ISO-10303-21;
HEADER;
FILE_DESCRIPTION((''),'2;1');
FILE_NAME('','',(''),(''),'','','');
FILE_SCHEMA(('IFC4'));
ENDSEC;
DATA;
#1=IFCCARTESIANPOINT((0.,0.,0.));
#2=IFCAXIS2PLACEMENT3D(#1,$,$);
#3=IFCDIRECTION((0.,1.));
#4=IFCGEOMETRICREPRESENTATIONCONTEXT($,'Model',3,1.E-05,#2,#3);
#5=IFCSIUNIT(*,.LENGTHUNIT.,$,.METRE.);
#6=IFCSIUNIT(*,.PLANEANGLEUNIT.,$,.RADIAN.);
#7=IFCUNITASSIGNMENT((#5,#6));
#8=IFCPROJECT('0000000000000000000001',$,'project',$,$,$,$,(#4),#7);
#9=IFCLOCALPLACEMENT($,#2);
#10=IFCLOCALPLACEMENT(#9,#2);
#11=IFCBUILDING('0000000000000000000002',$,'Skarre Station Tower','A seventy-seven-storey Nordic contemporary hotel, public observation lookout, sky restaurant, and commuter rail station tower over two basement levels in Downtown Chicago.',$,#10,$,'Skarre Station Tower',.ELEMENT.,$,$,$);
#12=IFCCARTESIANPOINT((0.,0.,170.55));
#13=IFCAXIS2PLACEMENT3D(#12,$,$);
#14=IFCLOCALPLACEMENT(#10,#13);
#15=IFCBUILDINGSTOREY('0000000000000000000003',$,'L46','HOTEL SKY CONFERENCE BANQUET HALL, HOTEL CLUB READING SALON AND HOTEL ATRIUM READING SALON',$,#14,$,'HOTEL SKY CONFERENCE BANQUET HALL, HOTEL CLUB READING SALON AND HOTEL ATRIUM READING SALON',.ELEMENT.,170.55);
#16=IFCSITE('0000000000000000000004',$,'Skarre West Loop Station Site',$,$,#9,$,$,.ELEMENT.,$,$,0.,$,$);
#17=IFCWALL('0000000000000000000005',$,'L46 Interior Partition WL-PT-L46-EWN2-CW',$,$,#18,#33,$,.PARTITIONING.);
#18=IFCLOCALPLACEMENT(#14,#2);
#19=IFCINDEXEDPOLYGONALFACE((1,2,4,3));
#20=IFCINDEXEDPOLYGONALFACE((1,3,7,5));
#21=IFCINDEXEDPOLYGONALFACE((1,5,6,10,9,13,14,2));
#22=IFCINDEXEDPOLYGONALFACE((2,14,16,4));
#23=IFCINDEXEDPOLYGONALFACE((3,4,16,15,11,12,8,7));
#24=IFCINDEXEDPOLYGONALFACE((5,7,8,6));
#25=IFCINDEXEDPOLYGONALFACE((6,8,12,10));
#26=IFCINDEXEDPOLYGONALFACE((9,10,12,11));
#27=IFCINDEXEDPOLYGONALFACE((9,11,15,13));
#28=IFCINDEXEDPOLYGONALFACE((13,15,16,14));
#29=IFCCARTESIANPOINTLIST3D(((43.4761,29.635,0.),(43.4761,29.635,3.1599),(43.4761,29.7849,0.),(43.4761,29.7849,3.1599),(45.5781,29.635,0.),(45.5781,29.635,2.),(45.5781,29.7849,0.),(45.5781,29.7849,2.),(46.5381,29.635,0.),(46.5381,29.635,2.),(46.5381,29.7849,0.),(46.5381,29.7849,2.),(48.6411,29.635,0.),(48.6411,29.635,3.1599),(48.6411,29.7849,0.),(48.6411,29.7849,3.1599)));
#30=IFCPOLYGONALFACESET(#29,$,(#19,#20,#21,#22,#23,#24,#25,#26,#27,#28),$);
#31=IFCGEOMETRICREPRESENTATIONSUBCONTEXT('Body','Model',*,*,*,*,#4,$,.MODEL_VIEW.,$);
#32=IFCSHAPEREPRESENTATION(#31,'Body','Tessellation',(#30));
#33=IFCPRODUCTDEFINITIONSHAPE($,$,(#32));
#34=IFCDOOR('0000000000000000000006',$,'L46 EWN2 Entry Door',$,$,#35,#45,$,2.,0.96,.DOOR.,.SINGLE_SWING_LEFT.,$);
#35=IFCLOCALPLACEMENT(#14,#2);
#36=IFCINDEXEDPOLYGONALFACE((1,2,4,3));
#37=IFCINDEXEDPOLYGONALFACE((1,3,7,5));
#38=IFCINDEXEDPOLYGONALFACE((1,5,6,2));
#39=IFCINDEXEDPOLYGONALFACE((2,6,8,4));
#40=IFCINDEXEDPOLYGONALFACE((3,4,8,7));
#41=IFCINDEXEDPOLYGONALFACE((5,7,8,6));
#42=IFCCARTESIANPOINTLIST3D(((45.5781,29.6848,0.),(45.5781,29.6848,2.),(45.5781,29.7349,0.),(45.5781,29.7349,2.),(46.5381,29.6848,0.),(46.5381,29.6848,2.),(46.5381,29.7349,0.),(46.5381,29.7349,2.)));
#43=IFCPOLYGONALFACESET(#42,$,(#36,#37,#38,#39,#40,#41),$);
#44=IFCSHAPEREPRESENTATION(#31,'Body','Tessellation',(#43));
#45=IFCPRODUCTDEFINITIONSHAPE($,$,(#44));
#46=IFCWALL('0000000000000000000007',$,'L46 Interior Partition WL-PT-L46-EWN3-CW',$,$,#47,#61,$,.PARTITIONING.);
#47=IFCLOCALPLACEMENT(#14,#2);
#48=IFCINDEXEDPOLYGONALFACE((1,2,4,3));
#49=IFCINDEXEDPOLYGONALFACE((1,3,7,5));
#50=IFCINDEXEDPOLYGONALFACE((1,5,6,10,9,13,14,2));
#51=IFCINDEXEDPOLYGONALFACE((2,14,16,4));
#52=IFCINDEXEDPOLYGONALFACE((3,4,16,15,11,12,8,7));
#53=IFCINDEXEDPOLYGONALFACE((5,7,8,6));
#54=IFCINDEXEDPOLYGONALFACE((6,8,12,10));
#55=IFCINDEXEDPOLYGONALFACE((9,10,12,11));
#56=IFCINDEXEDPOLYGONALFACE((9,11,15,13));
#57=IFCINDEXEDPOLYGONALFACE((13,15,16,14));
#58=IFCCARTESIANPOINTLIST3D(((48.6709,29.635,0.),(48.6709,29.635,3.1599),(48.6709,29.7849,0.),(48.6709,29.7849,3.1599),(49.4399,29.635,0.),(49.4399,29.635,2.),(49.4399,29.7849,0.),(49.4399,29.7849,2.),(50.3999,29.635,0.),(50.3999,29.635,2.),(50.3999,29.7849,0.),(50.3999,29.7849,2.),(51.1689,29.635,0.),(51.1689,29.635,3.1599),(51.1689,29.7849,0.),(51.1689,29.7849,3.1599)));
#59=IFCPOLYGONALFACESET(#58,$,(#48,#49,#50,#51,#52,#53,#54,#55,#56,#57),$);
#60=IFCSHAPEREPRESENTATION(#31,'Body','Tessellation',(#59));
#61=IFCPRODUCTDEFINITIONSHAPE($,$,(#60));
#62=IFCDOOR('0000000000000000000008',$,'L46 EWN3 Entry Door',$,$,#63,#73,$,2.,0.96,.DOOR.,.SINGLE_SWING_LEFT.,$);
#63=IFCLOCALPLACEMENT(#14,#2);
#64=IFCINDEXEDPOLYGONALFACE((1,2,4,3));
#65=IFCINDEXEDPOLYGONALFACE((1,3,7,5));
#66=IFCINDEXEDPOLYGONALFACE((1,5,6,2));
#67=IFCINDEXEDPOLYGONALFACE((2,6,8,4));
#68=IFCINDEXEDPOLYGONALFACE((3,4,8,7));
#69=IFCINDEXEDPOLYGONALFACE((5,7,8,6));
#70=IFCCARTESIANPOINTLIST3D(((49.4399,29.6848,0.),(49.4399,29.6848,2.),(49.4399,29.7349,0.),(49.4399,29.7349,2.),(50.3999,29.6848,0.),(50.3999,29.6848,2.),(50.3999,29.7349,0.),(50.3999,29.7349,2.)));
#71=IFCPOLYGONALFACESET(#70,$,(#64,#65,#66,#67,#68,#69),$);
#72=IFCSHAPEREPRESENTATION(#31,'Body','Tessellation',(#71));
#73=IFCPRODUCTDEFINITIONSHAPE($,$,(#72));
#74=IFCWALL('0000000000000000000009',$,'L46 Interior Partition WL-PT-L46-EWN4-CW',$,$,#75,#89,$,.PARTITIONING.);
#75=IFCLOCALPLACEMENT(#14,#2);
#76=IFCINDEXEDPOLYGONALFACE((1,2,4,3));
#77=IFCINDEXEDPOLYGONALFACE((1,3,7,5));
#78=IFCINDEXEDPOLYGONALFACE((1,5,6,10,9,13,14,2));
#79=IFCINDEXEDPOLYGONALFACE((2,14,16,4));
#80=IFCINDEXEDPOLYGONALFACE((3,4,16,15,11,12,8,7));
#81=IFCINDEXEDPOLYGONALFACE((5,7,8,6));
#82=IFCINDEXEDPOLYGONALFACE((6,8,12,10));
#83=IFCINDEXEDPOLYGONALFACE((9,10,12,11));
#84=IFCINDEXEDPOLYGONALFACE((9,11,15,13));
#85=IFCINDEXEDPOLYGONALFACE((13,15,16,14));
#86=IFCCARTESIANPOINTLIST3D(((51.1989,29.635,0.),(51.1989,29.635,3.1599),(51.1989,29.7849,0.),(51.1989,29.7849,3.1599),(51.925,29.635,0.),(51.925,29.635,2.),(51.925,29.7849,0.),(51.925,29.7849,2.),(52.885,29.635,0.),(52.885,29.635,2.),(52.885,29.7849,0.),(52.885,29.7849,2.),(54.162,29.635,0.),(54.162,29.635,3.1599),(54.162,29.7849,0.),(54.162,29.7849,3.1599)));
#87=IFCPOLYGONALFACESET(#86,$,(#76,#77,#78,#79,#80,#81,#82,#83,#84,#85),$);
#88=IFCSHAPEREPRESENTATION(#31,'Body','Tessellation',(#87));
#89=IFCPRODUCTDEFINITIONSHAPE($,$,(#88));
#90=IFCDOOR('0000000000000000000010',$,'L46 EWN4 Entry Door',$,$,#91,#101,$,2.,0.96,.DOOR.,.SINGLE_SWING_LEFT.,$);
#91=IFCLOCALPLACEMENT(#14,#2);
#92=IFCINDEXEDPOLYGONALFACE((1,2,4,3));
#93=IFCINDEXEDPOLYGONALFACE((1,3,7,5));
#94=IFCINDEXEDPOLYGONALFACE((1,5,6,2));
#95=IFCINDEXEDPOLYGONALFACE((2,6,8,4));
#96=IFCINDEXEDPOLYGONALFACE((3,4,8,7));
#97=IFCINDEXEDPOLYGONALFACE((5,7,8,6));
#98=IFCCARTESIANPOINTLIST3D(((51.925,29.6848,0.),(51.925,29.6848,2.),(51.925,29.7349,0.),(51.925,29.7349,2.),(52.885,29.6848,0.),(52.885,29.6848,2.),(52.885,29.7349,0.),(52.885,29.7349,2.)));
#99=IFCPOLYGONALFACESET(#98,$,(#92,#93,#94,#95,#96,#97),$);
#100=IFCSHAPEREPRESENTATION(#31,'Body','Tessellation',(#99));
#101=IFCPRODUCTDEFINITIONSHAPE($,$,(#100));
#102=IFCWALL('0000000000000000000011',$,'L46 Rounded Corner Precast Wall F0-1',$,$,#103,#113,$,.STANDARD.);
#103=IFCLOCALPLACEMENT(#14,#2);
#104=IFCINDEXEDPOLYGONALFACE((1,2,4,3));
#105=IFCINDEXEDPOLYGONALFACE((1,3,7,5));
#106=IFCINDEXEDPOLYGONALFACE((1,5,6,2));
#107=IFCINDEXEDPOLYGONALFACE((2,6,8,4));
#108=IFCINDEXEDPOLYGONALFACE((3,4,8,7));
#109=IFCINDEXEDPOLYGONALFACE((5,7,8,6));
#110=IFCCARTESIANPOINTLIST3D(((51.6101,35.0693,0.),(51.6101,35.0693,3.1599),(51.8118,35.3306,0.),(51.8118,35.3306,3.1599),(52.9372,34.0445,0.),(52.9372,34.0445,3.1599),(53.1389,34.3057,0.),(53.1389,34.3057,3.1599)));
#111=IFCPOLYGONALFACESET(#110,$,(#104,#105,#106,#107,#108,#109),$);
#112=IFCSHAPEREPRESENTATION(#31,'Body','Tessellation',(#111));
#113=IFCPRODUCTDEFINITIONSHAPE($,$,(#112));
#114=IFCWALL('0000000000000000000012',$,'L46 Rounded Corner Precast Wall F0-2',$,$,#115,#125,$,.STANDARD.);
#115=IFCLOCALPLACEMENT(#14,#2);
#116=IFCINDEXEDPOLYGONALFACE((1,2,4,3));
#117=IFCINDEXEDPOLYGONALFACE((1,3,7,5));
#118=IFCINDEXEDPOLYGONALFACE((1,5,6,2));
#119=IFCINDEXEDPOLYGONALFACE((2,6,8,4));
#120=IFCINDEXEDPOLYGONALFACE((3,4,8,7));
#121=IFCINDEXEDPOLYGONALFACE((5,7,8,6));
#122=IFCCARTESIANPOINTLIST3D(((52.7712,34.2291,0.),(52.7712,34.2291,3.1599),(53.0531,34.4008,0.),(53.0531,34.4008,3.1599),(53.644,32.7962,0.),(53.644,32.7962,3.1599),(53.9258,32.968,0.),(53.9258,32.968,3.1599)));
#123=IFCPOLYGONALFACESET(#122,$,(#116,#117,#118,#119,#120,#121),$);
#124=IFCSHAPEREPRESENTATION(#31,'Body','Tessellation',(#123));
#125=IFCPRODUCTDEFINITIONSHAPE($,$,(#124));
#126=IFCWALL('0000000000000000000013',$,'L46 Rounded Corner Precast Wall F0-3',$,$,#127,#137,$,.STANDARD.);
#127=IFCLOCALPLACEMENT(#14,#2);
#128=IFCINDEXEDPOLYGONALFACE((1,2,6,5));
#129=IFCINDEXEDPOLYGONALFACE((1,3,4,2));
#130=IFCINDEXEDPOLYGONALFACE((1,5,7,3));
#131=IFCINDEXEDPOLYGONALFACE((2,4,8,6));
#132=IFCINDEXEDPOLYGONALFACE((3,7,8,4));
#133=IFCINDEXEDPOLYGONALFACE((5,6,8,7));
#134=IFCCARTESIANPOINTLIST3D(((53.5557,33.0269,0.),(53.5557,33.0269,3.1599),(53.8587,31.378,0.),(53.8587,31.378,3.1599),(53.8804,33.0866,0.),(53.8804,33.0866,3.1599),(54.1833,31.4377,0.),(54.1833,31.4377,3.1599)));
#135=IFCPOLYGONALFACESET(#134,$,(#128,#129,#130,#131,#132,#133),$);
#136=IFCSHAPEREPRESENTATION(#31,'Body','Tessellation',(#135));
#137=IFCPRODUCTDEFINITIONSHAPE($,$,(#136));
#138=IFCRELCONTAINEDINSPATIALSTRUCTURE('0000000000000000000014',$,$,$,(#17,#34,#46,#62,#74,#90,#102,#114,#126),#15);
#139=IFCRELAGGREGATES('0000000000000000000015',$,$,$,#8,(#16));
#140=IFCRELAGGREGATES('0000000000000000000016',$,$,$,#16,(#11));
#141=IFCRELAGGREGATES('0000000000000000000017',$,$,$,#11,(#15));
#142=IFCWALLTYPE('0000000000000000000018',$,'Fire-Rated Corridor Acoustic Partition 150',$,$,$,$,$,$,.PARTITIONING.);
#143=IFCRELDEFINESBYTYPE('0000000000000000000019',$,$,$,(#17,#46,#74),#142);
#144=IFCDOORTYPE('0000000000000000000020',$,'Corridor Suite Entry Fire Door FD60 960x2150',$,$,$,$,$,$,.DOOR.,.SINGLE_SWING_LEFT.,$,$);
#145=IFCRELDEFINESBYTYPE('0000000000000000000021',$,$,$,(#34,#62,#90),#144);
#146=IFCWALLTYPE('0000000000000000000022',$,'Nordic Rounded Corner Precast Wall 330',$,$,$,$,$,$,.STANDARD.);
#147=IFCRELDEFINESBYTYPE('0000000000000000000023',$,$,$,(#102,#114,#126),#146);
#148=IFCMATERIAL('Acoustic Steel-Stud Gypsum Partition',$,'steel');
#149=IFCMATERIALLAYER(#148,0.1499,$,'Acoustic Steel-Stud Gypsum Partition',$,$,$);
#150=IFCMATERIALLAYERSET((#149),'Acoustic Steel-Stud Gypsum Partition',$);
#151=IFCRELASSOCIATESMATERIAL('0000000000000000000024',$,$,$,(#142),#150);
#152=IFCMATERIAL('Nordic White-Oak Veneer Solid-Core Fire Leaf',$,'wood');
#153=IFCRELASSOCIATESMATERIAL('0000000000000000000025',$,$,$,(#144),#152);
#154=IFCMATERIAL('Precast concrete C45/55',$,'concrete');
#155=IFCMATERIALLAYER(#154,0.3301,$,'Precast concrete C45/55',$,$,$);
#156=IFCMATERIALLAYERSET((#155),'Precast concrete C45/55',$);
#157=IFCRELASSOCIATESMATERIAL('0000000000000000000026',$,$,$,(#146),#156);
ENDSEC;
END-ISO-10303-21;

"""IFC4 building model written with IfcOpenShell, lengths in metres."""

from ifc_helpers import new_model, si_unit, direction, frame, frame_2d, origin, place, context, subcontext, project, spatial, rectangle, extrude, material, layer, layer_set, type_object, element, fill, save


model = new_model("IFC4")

# Units and contexts
model_context = context("Model", 3, precision=1e-05, world=origin(), true_north=direction((0.0, 1.0)))
body_context = subcontext(model_context, "Body", "Model", "MODEL_VIEW")
ifc_project = project(units=[si_unit("LENGTHUNIT", "METRE"), si_unit("PLANEANGLEUNIT", "RADIAN")], contexts=[model_context])

# Site, building, storey
site_placement = place(None, origin())
site = spatial("IfcSite", under=ifc_project, at=site_placement, Name="Skarre West Loop Station Site", CompositionType="ELEMENT", RefElevation=0.0)
building_placement = place(site_placement, origin())
building = spatial("IfcBuilding", under=site, at=building_placement, Name="Skarre Station Tower", Description="A seventy-seven-storey Nordic contemporary hotel, public observation lookout, sky restaurant, and commuter rail station tower over two basement levels in Downtown Chicago.", LongName="Skarre Station Tower", CompositionType="ELEMENT")
storey_placement = place(building_placement, frame((0.0, 0.0, 170.55)))
storey = spatial("IfcBuildingStorey", under=building, at=storey_placement, Name="L46", Description="HOTEL SKY CONFERENCE BANQUET HALL, HOTEL CLUB READING SALON AND HOTEL ATRIUM READING SALON", LongName="HOTEL SKY CONFERENCE BANQUET HALL, HOTEL CLUB READING SALON AND HOTEL ATRIUM READING SALON", CompositionType="ELEMENT", Elevation=170.55)

# Walls, openings, doors
ifc_material_1 = material(Name="Acoustic Steel-Stud Gypsum Partition", Category="steel")
ifc_layer_1 = layer(ifc_material_1, 0.1499, Name="Acoustic Steel-Stud Gypsum Partition")
ifc_layer_set_1 = layer_set([ifc_layer_1], Name="Acoustic Steel-Stud Gypsum Partition")
wall_type_1 = type_object("IfcWallType", Name="Fire-Rated Corridor Acoustic Partition 150", PredefinedType="PARTITIONING", material=ifc_layer_set_1)
ifc_material_2 = material(Name="Nordic White-Oak Veneer Solid-Core Fire Leaf", Category="wood")
door_type = type_object("IfcDoorType", Name="Corridor Suite Entry Fire Door FD60 960x2150", OperationType="SINGLE_SWING_LEFT", PredefinedType="DOOR", material=ifc_material_2)
wall_1_placement = place(storey_placement, frame((43.4761, 29.71, 0.0), z_axis=(0.0, 0.0, 1.0), x_axis=(1.0, 0.0, 0.0)))
wall_1 = element("IfcWall", 1, at=wall_1_placement, inside=storey, type_object=wall_type_1, Name="L46 Interior Partition WL-PT-L46-EWN2-CW", PredefinedType="PARTITIONING", context=body_context, shape_type="SweptSolid", body=[
    extrude(rectangle(XDim=5.165, YDim=0.1499, at=frame_2d((2.5825, 0.0))), origin(), (0.0, 0.0, 1.0), 3.1599),
])
opening_1_placement = place(wall_1_placement, frame((2.1021, 0.0, 0.0)))
opening_1 = element("IfcOpeningElement", 2, at=opening_1_placement, cuts=wall_1, PredefinedType="OPENING", context=body_context, shape_type="SweptSolid", body=[
    extrude(rectangle(XDim=0.96, YDim=2.0, at=frame_2d((0.48, 1.0))), frame((0.0, 0.085, 0.0), z_axis=(0.0, -1.0, 0.0), x_axis=(1.0, 0.0, 0.0)), (0.0, 0.0, 1.0), 0.1699),
])
door_1_placement = place(opening_1_placement, origin())
door_1 = element("IfcDoor", 3, at=door_1_placement, inside=storey, type_object=door_type, Name="L46 EWN2 Entry Door", OperationType="SINGLE_SWING_LEFT", OverallHeight=2.0, OverallWidth=0.96, PredefinedType="DOOR", context=body_context, shape_type="SweptSolid", body=[
    extrude(rectangle(XDim=0.96, YDim=2.0, at=frame_2d((0.48, 1.0))), frame((0.0, 0.0249, 0.0), z_axis=(0.0, -1.0, 0.0), x_axis=(1.0, 0.0, 0.0)), (0.0, 0.0, 1.0), 0.05),
])
fill(opening_1, door_1)
wall_2_placement = place(storey_placement, frame((48.6709, 29.71, 0.0), z_axis=(0.0, 0.0, 1.0), x_axis=(1.0, 0.0, 0.0)))
wall_2 = element("IfcWall", 4, at=wall_2_placement, inside=storey, type_object=wall_type_1, Name="L46 Interior Partition WL-PT-L46-EWN3-CW", PredefinedType="PARTITIONING", context=body_context, shape_type="SweptSolid", body=[
    extrude(rectangle(XDim=2.498, YDim=0.1499, at=frame_2d((1.249, 0.0))), origin(), (0.0, 0.0, 1.0), 3.1599),
])
opening_2_placement = place(wall_2_placement, frame((0.769, 0.0, 0.0)))
opening_2 = element("IfcOpeningElement", 5, at=opening_2_placement, cuts=wall_2, PredefinedType="OPENING", context=body_context, shape_type="SweptSolid", body=[
    extrude(rectangle(XDim=0.96, YDim=2.0, at=frame_2d((0.48, 1.0))), frame((0.0, 0.085, 0.0), z_axis=(0.0, -1.0, 0.0), x_axis=(1.0, 0.0, 0.0)), (0.0, 0.0, 1.0), 0.1699),
])
door_2_placement = place(opening_2_placement, origin())
door_2 = element("IfcDoor", 6, at=door_2_placement, inside=storey, type_object=door_type, Name="L46 EWN3 Entry Door", OperationType="SINGLE_SWING_LEFT", OverallHeight=2.0, OverallWidth=0.96, PredefinedType="DOOR", context=body_context, shape_type="SweptSolid", body=[
    extrude(rectangle(XDim=0.96, YDim=2.0, at=frame_2d((0.48, 1.0))), frame((0.0, 0.0249, 0.0), z_axis=(0.0, -1.0, 0.0), x_axis=(1.0, 0.0, 0.0)), (0.0, 0.0, 1.0), 0.05),
])
fill(opening_2, door_2)
wall_3_placement = place(storey_placement, frame((51.199, 29.71, 0.0), z_axis=(0.0, 0.0, 1.0), x_axis=(1.0, 0.0, 0.0)))
wall_3 = element("IfcWall", 7, at=wall_3_placement, inside=storey, type_object=wall_type_1, Name="L46 Interior Partition WL-PT-L46-EWN4-CW", PredefinedType="PARTITIONING", context=body_context, shape_type="SweptSolid", body=[
    extrude(rectangle(XDim=2.9631, YDim=0.1499, at=frame_2d((1.4814, 0.0))), origin(), (0.0, 0.0, 1.0), 3.1599),
])
opening_3_placement = place(wall_3_placement, frame((0.7261, 0.0, 0.0)))
opening_3 = element("IfcOpeningElement", 8, at=opening_3_placement, cuts=wall_3, PredefinedType="OPENING", context=body_context, shape_type="SweptSolid", body=[
    extrude(rectangle(XDim=0.96, YDim=2.0, at=frame_2d((0.48, 1.0))), frame((0.0, 0.085, 0.0), z_axis=(0.0, -1.0, 0.0), x_axis=(1.0, 0.0, 0.0)), (0.0, 0.0, 1.0), 0.1699),
])
door_3_placement = place(opening_3_placement, origin())
door_3 = element("IfcDoor", 9, at=door_3_placement, inside=storey, type_object=door_type, Name="L46 EWN4 Entry Door", OperationType="SINGLE_SWING_LEFT", OverallHeight=2.0, OverallWidth=0.96, PredefinedType="DOOR", context=body_context, shape_type="SweptSolid", body=[
    extrude(rectangle(XDim=0.96, YDim=2.0, at=frame_2d((0.48, 1.0))), frame((0.0, 0.0249, 0.0), z_axis=(0.0, -1.0, 0.0), x_axis=(1.0, 0.0, 0.0)), (0.0, 0.0, 1.0), 0.05),
])
fill(opening_3, door_3)

# Walls
ifc_material_3 = material(Name="Precast concrete C45/55", Category="concrete")
ifc_layer_2 = layer(ifc_material_3, 0.3301, Name="Precast concrete C45/55")
ifc_layer_set_2 = layer_set([ifc_layer_2], Name="Precast concrete C45/55")
wall_type_2 = type_object("IfcWallType", Name="Nordic Rounded Corner Precast Wall 330", PredefinedType="STANDARD", material=ifc_layer_set_2)
wall_4_placement = place(storey_placement, frame((51.7109, 35.2, 0.0), z_axis=(0.0, 0.0, 1.0), x_axis=(0.791464, -0.611215, 0.0)))
element("IfcWall", 10, at=wall_4_placement, inside=storey, type_object=wall_type_2, Name="L46 Rounded Corner Precast Wall F0-1", PredefinedType="STANDARD", context=body_context, shape_type="SweptSolid", body=[
    extrude(rectangle(XDim=1.6768, YDim=0.3301, at=frame_2d((0.8384, 0.0))), origin(), (0.0, 0.0, 1.0), 3.1599),
])
wall_5_placement = place(storey_placement, frame((52.9121, 34.3149, 0.0), z_axis=(0.0, 0.0, 1.0), x_axis=(0.520219, -0.854033, 0.0)))
element("IfcWall", 11, at=wall_5_placement, inside=storey, type_object=wall_type_2, Name="L46 Rounded Corner Precast Wall F0-2", PredefinedType="STANDARD", context=body_context, shape_type="SweptSolid", body=[
    extrude(rectangle(XDim=1.6777, YDim=0.3301, at=frame_2d((0.8389, 0.0))), origin(), (0.0, 0.0, 1.0), 3.1599),
])
wall_6_placement = place(storey_placement, frame((53.718, 33.0569, 0.0), z_axis=(0.0, 0.0, 1.0), x_axis=(0.180718, -0.983535, 0.0)))
element("IfcWall", 12, at=wall_6_placement, inside=storey, type_object=wall_type_2, Name="L46 Rounded Corner Precast Wall F0-3", PredefinedType="STANDARD", context=body_context, shape_type="SweptSolid", body=[
    extrude(rectangle(XDim=1.6765, YDim=0.3301, at=frame_2d((0.8384, 0.0))), origin(), (0.0, 0.0, 1.0), 3.1599),
])

save(model, "model.ifc")
